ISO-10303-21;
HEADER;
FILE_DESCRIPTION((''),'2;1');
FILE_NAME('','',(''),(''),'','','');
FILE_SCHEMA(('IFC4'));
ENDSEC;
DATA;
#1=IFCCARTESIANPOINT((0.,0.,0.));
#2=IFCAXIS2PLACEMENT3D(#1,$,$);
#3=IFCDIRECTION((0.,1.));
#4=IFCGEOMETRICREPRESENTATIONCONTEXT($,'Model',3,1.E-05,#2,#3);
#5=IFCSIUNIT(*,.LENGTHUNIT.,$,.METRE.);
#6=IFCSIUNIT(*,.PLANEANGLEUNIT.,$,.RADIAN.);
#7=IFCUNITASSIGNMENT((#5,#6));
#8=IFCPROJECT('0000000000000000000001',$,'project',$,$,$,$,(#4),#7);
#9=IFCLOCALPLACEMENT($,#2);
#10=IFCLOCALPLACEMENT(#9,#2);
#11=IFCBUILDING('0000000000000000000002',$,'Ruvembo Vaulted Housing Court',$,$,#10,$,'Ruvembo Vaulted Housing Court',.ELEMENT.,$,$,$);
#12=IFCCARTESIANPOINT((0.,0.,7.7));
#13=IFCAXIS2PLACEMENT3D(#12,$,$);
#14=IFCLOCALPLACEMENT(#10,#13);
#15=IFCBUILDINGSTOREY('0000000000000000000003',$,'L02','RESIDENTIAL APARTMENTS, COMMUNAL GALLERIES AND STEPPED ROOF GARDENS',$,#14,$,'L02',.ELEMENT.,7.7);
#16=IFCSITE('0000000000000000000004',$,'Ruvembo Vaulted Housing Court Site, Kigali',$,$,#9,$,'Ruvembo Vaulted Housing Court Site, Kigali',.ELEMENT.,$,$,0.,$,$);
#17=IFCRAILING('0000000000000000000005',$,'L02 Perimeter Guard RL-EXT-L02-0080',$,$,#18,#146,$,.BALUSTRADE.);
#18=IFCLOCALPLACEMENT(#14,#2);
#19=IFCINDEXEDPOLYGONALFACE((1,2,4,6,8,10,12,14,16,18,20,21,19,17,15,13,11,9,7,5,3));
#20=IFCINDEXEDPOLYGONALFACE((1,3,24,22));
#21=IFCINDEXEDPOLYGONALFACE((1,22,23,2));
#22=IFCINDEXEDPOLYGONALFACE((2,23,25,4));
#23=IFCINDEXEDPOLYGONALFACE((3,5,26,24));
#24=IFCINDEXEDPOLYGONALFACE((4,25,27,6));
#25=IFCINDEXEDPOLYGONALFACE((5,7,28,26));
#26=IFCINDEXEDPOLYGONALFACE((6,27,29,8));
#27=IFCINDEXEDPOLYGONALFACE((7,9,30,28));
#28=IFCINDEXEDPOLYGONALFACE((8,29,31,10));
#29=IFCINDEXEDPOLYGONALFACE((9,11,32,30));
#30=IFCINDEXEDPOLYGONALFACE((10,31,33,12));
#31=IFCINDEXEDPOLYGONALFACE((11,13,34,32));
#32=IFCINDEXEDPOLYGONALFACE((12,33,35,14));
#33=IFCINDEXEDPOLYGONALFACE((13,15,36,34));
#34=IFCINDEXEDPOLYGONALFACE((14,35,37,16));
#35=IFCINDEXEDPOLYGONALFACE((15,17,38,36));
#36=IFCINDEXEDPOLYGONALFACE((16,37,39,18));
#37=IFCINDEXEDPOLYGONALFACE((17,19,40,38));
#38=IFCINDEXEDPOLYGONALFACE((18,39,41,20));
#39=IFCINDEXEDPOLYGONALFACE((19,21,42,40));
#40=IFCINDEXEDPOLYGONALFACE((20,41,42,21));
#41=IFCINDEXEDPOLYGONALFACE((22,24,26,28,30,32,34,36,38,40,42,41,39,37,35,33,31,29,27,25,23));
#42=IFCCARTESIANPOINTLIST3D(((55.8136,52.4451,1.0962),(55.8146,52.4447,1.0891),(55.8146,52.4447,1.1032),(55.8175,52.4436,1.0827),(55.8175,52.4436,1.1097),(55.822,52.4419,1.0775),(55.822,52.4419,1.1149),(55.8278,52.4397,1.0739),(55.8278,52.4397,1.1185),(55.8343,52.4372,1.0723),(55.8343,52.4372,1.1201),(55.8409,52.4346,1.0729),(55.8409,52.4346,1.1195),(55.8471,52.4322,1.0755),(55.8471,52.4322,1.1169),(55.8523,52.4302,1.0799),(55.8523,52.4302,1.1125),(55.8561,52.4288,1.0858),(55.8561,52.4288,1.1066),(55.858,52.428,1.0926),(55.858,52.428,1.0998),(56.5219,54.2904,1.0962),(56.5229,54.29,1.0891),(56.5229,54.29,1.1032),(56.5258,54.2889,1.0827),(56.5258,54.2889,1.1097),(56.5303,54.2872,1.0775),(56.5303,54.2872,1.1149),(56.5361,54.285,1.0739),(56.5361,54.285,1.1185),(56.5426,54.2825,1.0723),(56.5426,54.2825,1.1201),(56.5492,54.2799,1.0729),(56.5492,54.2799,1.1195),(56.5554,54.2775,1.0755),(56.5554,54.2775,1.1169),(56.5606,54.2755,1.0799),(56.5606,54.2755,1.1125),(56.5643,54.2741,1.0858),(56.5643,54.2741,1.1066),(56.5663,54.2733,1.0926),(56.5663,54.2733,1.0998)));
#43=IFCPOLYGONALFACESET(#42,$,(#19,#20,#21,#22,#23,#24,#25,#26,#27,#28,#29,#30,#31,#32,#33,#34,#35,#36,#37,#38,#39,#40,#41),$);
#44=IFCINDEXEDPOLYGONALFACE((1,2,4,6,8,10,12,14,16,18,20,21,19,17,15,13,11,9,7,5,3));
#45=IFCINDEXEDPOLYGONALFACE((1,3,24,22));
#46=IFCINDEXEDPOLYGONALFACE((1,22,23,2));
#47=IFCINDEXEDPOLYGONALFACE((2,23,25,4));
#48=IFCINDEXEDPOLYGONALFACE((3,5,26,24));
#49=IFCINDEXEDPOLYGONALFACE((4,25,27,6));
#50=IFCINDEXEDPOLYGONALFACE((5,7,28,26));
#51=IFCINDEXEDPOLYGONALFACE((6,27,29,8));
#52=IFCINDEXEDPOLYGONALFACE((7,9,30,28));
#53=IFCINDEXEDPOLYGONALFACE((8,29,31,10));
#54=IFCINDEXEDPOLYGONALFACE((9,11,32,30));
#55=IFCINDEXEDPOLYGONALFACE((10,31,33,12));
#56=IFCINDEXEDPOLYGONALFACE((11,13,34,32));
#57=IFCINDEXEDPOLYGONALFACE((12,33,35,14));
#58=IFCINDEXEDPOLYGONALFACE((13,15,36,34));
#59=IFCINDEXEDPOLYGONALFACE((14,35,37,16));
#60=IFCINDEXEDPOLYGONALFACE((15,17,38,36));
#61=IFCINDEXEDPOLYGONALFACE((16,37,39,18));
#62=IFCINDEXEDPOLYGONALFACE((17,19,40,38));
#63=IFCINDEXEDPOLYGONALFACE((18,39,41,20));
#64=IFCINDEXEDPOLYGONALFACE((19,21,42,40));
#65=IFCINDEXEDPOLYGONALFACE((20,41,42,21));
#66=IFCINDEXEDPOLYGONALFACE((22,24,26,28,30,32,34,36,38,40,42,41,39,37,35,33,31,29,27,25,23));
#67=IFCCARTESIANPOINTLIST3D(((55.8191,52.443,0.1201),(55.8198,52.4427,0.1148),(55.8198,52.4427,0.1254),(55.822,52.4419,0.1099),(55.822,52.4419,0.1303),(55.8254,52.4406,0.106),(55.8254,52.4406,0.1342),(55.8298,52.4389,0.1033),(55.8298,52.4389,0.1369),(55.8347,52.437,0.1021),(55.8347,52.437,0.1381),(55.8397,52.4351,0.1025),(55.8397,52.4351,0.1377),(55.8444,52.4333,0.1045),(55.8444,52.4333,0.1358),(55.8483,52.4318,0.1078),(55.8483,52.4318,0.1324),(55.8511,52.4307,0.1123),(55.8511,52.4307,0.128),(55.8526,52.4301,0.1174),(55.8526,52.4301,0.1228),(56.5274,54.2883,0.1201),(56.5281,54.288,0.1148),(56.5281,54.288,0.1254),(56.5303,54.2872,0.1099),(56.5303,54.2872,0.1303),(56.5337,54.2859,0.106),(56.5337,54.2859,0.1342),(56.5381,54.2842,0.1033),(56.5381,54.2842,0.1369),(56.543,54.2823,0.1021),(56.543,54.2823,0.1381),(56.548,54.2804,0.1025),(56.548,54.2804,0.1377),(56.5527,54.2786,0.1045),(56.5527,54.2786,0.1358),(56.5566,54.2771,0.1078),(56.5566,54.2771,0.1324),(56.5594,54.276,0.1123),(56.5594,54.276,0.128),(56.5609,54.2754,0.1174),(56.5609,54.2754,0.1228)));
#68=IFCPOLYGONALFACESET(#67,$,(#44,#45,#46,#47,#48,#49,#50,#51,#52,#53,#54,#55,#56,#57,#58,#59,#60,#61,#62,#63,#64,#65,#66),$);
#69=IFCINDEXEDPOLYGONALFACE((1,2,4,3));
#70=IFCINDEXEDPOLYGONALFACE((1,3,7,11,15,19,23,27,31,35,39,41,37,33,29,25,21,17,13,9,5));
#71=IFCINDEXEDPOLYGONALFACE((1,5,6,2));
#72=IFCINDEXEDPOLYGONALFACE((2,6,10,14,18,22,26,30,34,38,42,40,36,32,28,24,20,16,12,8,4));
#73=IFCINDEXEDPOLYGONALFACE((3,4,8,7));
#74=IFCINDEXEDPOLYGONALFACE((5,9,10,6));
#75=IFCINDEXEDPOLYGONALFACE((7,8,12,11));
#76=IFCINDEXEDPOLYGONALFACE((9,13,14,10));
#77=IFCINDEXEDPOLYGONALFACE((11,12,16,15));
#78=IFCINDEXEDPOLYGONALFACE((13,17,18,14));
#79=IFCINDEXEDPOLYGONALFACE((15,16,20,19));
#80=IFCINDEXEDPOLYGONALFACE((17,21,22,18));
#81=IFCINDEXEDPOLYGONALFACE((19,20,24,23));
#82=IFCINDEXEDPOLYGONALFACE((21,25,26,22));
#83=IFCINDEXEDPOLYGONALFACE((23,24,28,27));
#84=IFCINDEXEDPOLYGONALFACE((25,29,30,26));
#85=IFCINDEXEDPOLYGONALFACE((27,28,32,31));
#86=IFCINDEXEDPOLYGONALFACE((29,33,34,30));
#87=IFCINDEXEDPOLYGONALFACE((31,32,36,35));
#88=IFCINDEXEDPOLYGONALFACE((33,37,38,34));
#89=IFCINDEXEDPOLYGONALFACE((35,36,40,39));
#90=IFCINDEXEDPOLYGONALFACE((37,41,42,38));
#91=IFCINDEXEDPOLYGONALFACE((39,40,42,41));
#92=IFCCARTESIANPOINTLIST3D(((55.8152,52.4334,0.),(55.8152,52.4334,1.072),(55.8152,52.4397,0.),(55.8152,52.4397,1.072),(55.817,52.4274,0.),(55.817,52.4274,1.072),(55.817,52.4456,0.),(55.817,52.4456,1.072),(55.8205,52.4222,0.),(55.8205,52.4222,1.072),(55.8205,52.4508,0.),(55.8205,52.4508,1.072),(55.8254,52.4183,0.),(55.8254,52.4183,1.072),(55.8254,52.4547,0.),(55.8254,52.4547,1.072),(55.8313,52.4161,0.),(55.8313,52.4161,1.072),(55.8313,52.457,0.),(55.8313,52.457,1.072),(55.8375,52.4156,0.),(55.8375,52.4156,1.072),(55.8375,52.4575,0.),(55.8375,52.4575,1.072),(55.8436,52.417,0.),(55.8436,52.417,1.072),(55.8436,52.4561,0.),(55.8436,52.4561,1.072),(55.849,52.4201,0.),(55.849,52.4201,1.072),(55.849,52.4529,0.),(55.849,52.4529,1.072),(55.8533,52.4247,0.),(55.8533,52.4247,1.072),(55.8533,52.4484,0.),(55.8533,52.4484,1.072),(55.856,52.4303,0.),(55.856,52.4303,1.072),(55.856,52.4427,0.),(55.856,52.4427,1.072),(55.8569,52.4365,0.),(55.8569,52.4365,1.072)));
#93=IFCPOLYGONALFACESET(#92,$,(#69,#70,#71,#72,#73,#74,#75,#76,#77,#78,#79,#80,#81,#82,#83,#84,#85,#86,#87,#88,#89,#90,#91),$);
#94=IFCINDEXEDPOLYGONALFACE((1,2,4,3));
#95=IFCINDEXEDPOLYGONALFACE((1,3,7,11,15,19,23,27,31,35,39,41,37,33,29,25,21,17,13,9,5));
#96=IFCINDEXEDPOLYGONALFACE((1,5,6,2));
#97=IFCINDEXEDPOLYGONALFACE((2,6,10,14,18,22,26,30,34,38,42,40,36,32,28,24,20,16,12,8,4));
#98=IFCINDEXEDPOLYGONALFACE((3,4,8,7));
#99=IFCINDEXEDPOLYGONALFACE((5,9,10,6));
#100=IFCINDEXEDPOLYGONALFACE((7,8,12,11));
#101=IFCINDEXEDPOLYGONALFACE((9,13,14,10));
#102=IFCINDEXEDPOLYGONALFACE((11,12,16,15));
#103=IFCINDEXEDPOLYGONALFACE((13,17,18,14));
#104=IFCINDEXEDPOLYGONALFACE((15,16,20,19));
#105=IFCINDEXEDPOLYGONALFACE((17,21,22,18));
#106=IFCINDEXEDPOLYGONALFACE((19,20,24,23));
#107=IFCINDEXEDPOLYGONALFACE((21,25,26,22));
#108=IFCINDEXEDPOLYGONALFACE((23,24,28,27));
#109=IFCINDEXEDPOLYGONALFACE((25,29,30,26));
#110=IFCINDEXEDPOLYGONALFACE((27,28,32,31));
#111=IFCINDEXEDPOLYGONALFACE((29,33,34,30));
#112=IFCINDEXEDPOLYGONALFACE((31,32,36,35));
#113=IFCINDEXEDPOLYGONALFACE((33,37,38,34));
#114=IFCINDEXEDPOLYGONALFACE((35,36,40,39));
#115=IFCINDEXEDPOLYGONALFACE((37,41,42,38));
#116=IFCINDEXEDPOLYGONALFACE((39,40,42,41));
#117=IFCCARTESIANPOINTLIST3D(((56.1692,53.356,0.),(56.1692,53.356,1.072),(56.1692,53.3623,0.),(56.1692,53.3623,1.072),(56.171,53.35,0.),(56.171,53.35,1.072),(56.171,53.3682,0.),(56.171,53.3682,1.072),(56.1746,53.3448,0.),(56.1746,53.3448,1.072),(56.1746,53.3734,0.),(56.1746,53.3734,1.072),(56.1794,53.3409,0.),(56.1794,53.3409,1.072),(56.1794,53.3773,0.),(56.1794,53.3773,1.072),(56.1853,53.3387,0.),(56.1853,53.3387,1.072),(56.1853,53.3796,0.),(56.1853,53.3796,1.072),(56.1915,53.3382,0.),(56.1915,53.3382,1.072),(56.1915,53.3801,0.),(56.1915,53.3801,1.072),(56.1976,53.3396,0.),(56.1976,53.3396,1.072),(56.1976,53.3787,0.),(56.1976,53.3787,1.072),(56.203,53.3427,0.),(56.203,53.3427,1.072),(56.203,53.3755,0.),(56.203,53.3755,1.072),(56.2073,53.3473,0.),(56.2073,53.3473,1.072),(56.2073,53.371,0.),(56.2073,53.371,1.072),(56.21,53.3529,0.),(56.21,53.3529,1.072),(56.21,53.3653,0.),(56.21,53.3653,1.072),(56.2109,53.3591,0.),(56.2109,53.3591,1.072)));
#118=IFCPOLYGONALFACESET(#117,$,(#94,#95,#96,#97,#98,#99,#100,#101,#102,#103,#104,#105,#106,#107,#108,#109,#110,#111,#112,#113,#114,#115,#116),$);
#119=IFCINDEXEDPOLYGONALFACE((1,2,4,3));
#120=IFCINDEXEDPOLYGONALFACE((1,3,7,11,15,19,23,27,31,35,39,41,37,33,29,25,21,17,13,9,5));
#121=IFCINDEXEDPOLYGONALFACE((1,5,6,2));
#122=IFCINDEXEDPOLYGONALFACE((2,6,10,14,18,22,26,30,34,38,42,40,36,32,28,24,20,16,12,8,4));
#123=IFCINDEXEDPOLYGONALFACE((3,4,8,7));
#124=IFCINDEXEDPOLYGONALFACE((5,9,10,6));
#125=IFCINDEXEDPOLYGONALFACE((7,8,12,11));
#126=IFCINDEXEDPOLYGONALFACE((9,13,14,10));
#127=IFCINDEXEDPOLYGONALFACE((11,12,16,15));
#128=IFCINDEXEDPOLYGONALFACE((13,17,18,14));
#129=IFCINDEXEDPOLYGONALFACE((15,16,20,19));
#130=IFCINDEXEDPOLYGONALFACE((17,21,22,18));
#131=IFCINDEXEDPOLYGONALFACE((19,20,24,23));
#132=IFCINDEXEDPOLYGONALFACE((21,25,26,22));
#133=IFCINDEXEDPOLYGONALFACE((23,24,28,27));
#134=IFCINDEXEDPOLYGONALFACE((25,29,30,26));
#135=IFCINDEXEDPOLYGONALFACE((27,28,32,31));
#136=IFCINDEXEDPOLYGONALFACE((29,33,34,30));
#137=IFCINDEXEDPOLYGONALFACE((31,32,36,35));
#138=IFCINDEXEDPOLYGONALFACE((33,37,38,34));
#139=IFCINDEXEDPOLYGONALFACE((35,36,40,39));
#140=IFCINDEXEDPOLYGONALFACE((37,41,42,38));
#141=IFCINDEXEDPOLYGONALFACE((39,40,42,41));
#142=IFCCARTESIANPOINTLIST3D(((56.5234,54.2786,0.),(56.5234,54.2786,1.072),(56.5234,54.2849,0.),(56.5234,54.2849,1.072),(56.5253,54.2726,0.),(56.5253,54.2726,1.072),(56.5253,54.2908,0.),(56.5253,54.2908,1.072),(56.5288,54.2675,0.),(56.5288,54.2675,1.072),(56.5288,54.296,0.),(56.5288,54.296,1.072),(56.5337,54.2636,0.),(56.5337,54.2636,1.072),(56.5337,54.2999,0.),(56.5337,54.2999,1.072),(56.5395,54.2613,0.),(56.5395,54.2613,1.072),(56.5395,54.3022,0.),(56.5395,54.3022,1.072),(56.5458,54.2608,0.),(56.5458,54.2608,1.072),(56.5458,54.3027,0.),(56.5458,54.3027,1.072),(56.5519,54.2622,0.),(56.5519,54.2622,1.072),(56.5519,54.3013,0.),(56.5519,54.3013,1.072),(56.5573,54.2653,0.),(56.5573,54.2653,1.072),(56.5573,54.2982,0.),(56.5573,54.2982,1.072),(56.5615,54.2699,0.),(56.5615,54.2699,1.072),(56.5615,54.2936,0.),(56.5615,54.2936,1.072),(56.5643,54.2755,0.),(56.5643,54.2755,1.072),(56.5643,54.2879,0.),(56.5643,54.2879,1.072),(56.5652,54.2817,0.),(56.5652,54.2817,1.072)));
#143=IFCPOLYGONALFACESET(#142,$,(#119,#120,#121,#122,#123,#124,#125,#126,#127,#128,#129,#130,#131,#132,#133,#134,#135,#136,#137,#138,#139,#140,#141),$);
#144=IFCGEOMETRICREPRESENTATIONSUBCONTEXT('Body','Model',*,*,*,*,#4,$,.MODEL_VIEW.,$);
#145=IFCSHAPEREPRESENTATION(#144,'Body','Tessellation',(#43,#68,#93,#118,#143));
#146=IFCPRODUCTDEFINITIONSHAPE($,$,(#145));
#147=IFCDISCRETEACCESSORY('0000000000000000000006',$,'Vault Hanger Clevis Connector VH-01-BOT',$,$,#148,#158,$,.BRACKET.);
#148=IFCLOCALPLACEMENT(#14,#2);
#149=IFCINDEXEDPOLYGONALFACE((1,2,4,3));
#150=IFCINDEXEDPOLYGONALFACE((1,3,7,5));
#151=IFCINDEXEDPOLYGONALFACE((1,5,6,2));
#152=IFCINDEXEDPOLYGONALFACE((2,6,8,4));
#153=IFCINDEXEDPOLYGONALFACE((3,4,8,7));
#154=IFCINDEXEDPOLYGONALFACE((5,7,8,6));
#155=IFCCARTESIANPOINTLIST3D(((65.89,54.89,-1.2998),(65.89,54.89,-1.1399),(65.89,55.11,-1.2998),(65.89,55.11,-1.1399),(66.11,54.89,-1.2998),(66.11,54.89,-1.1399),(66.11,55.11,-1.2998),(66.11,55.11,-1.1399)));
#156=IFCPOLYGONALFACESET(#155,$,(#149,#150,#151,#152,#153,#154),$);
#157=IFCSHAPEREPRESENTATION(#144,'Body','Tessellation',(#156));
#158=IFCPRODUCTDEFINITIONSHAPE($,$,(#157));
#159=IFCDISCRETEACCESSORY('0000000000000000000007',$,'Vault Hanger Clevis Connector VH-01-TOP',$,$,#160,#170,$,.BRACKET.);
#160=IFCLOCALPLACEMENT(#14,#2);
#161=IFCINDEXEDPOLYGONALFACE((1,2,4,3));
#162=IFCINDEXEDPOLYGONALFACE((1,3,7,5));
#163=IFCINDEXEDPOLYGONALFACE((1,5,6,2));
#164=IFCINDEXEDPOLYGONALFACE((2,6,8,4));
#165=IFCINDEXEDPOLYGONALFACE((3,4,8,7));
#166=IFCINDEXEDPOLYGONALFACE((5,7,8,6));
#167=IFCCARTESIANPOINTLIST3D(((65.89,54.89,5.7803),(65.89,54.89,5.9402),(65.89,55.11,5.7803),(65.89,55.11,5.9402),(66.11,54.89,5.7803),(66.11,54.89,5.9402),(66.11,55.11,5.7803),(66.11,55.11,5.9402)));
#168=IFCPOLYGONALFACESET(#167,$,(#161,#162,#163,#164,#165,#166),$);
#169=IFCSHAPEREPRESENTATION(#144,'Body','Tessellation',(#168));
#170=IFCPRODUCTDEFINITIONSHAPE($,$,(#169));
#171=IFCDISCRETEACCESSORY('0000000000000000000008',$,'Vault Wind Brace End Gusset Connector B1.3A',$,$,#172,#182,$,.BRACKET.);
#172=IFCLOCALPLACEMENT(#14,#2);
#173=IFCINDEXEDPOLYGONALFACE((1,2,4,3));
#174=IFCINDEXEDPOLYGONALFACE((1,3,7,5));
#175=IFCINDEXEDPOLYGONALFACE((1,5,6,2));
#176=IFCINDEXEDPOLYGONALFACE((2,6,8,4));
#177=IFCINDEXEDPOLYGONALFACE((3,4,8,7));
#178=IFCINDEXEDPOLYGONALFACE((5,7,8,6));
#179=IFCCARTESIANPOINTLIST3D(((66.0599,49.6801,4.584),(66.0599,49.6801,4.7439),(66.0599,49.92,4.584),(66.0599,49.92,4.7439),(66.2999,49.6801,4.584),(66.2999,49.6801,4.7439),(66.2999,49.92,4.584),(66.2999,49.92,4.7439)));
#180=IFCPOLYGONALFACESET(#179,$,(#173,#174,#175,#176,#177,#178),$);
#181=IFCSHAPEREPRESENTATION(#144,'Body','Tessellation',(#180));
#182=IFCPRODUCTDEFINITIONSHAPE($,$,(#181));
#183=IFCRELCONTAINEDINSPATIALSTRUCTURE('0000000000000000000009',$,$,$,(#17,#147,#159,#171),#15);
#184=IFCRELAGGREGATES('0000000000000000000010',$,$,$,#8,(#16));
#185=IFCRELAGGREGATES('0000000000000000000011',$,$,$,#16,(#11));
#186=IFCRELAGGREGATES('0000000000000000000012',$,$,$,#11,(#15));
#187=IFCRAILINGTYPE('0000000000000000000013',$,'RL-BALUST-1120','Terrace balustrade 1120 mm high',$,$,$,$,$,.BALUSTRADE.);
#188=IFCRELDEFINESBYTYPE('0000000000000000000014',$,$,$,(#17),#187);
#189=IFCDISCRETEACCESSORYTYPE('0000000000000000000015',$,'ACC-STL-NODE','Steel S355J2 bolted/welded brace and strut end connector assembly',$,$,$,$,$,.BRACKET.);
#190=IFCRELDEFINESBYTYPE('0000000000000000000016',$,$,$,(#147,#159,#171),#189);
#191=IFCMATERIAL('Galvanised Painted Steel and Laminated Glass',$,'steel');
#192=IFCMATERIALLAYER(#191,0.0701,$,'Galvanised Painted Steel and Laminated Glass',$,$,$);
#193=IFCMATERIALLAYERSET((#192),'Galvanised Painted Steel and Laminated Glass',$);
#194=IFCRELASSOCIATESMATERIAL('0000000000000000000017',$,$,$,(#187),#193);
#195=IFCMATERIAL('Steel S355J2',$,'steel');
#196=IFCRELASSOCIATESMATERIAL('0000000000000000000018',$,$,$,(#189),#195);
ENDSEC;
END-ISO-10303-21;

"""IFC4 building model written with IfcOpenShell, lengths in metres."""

from ifc_helpers import new_model, si_unit, direction, frame, origin, origin_2d, place, context, subcontext, project, spatial, rectangle, circle, extrude, material, layer, layer_set, type_object, element, save


model = new_model("IFC4")

# Units and contexts
model_context = context("Model", 3, precision=1e-05, world=origin(), true_north=direction((0.0, 1.0)))
body_context = subcontext(model_context, "Body", "Model", "MODEL_VIEW")
ifc_project = project(units=[si_unit("LENGTHUNIT", "METRE"), si_unit("PLANEANGLEUNIT", "RADIAN")], contexts=[model_context])

# Site, building, storey
site_placement = place(None, origin())
site = spatial("IfcSite", under=ifc_project, at=site_placement, Name="Ruvembo Vaulted Housing Court Site, Kigali", LongName="Ruvembo Vaulted Housing Court Site, Kigali", CompositionType="ELEMENT", RefElevation=0.0)
building_placement = place(site_placement, origin())
building = spatial("IfcBuilding", under=site, at=building_placement, Name="Ruvembo Vaulted Housing Court", LongName="Ruvembo Vaulted Housing Court", CompositionType="ELEMENT")
storey_placement = place(building_placement, frame((0.0, 0.0, 7.7)))
storey = spatial("IfcBuildingStorey", under=building, at=storey_placement, Name="L02", Description="RESIDENTIAL APARTMENTS, COMMUNAL GALLERIES AND STEPPED ROOF GARDENS", LongName="L02", CompositionType="ELEMENT", Elevation=7.7)

# Shared definitions
ifc_material_1 = material(Name="Steel S355J2", Category="steel")

# Railing
ifc_material_2 = material(Name="Galvanised Painted Steel and Laminated Glass", Category="steel")
ifc_layer_1 = layer(ifc_material_2, 0.0701, Name="Galvanised Painted Steel and Laminated Glass")
ifc_layer_set_1 = layer_set([ifc_layer_1], Name="Galvanised Painted Steel and Laminated Glass")
railing_type = type_object("IfcRailingType", Name="RL-BALUST-1120", Description="Terrace balustrade 1120 mm high", PredefinedType="BALUSTRADE", material=ifc_layer_set_1)
railing_1_placement = place(storey_placement, frame((55.8359, 52.4365, 0.0)))
element("IfcRailing", 1, at=railing_1_placement, inside=storey, type_object=railing_type, Name="L02 Perimeter Guard RL-EXT-L02-0080", PredefinedType="BALUSTRADE", context=body_context, shape_type="SweptSolid", body=[
    extrude(circle(Radius=0.0239, at=origin_2d()), frame((0.0, 0.0, 1.0962), z_axis=(0.358342, 0.933591, 0.0), x_axis=(-0.933591, 0.358342, 0.0)), (0.0, 0.0, 1.0), 1.9766),
    extrude(circle(Radius=0.0181, at=origin_2d()), frame((0.0, 0.0, 0.1201), z_axis=(0.358342, 0.933591, 0.0), x_axis=(-0.933591, 0.358342, 0.0)), (0.0, 0.0, 1.0), 1.9766),
    extrude(circle(Radius=0.021, at=origin_2d()), origin(), (0.0, 0.0, 1.0), 1.072),
    extrude(circle(Radius=0.021, at=origin_2d()), frame((0.354, 0.9226, 0.0)), (0.0, 0.0, 1.0), 1.072),
    extrude(circle(Radius=0.021, at=origin_2d()), frame((0.7083, 1.8452, 0.0)), (0.0, 0.0, 1.0), 1.072),
])

# Discrete accessories
discrete_accessory_type = type_object("IfcDiscreteAccessoryType", Name="ACC-STL-NODE", Description="Steel S355J2 bolted/welded brace and strut end connector assembly", PredefinedType="BRACKET", material=ifc_material_1)
for number, where, z_axis, x_axis, name in (
    (2, (66.0, 55.0, -1.2998), (0.0, 0.0, 1.0), (1.0, 0.0, 0.0), "Vault Hanger Clevis Connector VH-01-BOT"),
    (3, (66.0, 55.0, 5.7803), (0.0, 0.0, 1.0), (1.0, 0.0, 0.0), "Vault Hanger Clevis Connector VH-01-TOP"),
):
    element("IfcDiscreteAccessory", number, at=place(storey_placement, frame(where, z_axis=z_axis, x_axis=x_axis)), inside=storey, type_object=discrete_accessory_type, Name=name, PredefinedType="BRACKET", context=body_context, shape_type="SweptSolid", body=[
        extrude(rectangle(XDim=0.22, YDim=0.22, at=origin_2d()), origin(), (0.0, 0.0, 1.0), 0.1599),
    ])
discrete_accessory_placement = place(storey_placement, frame((66.1799, 49.8, 4.584), z_axis=(0.0, 0.0, 1.0), x_axis=(1.0, 0.0, 0.0)))
element("IfcDiscreteAccessory", 4, at=discrete_accessory_placement, inside=storey, type_object=discrete_accessory_type, Name="Vault Wind Brace End Gusset Connector B1.3A", PredefinedType="BRACKET", context=body_context, shape_type="SweptSolid", body=[
    extrude(rectangle(XDim=0.24, YDim=0.24, at=origin_2d()), origin(), (0.0, 0.0, 1.0), 0.1599),
])

save(model, "model.ifc")
